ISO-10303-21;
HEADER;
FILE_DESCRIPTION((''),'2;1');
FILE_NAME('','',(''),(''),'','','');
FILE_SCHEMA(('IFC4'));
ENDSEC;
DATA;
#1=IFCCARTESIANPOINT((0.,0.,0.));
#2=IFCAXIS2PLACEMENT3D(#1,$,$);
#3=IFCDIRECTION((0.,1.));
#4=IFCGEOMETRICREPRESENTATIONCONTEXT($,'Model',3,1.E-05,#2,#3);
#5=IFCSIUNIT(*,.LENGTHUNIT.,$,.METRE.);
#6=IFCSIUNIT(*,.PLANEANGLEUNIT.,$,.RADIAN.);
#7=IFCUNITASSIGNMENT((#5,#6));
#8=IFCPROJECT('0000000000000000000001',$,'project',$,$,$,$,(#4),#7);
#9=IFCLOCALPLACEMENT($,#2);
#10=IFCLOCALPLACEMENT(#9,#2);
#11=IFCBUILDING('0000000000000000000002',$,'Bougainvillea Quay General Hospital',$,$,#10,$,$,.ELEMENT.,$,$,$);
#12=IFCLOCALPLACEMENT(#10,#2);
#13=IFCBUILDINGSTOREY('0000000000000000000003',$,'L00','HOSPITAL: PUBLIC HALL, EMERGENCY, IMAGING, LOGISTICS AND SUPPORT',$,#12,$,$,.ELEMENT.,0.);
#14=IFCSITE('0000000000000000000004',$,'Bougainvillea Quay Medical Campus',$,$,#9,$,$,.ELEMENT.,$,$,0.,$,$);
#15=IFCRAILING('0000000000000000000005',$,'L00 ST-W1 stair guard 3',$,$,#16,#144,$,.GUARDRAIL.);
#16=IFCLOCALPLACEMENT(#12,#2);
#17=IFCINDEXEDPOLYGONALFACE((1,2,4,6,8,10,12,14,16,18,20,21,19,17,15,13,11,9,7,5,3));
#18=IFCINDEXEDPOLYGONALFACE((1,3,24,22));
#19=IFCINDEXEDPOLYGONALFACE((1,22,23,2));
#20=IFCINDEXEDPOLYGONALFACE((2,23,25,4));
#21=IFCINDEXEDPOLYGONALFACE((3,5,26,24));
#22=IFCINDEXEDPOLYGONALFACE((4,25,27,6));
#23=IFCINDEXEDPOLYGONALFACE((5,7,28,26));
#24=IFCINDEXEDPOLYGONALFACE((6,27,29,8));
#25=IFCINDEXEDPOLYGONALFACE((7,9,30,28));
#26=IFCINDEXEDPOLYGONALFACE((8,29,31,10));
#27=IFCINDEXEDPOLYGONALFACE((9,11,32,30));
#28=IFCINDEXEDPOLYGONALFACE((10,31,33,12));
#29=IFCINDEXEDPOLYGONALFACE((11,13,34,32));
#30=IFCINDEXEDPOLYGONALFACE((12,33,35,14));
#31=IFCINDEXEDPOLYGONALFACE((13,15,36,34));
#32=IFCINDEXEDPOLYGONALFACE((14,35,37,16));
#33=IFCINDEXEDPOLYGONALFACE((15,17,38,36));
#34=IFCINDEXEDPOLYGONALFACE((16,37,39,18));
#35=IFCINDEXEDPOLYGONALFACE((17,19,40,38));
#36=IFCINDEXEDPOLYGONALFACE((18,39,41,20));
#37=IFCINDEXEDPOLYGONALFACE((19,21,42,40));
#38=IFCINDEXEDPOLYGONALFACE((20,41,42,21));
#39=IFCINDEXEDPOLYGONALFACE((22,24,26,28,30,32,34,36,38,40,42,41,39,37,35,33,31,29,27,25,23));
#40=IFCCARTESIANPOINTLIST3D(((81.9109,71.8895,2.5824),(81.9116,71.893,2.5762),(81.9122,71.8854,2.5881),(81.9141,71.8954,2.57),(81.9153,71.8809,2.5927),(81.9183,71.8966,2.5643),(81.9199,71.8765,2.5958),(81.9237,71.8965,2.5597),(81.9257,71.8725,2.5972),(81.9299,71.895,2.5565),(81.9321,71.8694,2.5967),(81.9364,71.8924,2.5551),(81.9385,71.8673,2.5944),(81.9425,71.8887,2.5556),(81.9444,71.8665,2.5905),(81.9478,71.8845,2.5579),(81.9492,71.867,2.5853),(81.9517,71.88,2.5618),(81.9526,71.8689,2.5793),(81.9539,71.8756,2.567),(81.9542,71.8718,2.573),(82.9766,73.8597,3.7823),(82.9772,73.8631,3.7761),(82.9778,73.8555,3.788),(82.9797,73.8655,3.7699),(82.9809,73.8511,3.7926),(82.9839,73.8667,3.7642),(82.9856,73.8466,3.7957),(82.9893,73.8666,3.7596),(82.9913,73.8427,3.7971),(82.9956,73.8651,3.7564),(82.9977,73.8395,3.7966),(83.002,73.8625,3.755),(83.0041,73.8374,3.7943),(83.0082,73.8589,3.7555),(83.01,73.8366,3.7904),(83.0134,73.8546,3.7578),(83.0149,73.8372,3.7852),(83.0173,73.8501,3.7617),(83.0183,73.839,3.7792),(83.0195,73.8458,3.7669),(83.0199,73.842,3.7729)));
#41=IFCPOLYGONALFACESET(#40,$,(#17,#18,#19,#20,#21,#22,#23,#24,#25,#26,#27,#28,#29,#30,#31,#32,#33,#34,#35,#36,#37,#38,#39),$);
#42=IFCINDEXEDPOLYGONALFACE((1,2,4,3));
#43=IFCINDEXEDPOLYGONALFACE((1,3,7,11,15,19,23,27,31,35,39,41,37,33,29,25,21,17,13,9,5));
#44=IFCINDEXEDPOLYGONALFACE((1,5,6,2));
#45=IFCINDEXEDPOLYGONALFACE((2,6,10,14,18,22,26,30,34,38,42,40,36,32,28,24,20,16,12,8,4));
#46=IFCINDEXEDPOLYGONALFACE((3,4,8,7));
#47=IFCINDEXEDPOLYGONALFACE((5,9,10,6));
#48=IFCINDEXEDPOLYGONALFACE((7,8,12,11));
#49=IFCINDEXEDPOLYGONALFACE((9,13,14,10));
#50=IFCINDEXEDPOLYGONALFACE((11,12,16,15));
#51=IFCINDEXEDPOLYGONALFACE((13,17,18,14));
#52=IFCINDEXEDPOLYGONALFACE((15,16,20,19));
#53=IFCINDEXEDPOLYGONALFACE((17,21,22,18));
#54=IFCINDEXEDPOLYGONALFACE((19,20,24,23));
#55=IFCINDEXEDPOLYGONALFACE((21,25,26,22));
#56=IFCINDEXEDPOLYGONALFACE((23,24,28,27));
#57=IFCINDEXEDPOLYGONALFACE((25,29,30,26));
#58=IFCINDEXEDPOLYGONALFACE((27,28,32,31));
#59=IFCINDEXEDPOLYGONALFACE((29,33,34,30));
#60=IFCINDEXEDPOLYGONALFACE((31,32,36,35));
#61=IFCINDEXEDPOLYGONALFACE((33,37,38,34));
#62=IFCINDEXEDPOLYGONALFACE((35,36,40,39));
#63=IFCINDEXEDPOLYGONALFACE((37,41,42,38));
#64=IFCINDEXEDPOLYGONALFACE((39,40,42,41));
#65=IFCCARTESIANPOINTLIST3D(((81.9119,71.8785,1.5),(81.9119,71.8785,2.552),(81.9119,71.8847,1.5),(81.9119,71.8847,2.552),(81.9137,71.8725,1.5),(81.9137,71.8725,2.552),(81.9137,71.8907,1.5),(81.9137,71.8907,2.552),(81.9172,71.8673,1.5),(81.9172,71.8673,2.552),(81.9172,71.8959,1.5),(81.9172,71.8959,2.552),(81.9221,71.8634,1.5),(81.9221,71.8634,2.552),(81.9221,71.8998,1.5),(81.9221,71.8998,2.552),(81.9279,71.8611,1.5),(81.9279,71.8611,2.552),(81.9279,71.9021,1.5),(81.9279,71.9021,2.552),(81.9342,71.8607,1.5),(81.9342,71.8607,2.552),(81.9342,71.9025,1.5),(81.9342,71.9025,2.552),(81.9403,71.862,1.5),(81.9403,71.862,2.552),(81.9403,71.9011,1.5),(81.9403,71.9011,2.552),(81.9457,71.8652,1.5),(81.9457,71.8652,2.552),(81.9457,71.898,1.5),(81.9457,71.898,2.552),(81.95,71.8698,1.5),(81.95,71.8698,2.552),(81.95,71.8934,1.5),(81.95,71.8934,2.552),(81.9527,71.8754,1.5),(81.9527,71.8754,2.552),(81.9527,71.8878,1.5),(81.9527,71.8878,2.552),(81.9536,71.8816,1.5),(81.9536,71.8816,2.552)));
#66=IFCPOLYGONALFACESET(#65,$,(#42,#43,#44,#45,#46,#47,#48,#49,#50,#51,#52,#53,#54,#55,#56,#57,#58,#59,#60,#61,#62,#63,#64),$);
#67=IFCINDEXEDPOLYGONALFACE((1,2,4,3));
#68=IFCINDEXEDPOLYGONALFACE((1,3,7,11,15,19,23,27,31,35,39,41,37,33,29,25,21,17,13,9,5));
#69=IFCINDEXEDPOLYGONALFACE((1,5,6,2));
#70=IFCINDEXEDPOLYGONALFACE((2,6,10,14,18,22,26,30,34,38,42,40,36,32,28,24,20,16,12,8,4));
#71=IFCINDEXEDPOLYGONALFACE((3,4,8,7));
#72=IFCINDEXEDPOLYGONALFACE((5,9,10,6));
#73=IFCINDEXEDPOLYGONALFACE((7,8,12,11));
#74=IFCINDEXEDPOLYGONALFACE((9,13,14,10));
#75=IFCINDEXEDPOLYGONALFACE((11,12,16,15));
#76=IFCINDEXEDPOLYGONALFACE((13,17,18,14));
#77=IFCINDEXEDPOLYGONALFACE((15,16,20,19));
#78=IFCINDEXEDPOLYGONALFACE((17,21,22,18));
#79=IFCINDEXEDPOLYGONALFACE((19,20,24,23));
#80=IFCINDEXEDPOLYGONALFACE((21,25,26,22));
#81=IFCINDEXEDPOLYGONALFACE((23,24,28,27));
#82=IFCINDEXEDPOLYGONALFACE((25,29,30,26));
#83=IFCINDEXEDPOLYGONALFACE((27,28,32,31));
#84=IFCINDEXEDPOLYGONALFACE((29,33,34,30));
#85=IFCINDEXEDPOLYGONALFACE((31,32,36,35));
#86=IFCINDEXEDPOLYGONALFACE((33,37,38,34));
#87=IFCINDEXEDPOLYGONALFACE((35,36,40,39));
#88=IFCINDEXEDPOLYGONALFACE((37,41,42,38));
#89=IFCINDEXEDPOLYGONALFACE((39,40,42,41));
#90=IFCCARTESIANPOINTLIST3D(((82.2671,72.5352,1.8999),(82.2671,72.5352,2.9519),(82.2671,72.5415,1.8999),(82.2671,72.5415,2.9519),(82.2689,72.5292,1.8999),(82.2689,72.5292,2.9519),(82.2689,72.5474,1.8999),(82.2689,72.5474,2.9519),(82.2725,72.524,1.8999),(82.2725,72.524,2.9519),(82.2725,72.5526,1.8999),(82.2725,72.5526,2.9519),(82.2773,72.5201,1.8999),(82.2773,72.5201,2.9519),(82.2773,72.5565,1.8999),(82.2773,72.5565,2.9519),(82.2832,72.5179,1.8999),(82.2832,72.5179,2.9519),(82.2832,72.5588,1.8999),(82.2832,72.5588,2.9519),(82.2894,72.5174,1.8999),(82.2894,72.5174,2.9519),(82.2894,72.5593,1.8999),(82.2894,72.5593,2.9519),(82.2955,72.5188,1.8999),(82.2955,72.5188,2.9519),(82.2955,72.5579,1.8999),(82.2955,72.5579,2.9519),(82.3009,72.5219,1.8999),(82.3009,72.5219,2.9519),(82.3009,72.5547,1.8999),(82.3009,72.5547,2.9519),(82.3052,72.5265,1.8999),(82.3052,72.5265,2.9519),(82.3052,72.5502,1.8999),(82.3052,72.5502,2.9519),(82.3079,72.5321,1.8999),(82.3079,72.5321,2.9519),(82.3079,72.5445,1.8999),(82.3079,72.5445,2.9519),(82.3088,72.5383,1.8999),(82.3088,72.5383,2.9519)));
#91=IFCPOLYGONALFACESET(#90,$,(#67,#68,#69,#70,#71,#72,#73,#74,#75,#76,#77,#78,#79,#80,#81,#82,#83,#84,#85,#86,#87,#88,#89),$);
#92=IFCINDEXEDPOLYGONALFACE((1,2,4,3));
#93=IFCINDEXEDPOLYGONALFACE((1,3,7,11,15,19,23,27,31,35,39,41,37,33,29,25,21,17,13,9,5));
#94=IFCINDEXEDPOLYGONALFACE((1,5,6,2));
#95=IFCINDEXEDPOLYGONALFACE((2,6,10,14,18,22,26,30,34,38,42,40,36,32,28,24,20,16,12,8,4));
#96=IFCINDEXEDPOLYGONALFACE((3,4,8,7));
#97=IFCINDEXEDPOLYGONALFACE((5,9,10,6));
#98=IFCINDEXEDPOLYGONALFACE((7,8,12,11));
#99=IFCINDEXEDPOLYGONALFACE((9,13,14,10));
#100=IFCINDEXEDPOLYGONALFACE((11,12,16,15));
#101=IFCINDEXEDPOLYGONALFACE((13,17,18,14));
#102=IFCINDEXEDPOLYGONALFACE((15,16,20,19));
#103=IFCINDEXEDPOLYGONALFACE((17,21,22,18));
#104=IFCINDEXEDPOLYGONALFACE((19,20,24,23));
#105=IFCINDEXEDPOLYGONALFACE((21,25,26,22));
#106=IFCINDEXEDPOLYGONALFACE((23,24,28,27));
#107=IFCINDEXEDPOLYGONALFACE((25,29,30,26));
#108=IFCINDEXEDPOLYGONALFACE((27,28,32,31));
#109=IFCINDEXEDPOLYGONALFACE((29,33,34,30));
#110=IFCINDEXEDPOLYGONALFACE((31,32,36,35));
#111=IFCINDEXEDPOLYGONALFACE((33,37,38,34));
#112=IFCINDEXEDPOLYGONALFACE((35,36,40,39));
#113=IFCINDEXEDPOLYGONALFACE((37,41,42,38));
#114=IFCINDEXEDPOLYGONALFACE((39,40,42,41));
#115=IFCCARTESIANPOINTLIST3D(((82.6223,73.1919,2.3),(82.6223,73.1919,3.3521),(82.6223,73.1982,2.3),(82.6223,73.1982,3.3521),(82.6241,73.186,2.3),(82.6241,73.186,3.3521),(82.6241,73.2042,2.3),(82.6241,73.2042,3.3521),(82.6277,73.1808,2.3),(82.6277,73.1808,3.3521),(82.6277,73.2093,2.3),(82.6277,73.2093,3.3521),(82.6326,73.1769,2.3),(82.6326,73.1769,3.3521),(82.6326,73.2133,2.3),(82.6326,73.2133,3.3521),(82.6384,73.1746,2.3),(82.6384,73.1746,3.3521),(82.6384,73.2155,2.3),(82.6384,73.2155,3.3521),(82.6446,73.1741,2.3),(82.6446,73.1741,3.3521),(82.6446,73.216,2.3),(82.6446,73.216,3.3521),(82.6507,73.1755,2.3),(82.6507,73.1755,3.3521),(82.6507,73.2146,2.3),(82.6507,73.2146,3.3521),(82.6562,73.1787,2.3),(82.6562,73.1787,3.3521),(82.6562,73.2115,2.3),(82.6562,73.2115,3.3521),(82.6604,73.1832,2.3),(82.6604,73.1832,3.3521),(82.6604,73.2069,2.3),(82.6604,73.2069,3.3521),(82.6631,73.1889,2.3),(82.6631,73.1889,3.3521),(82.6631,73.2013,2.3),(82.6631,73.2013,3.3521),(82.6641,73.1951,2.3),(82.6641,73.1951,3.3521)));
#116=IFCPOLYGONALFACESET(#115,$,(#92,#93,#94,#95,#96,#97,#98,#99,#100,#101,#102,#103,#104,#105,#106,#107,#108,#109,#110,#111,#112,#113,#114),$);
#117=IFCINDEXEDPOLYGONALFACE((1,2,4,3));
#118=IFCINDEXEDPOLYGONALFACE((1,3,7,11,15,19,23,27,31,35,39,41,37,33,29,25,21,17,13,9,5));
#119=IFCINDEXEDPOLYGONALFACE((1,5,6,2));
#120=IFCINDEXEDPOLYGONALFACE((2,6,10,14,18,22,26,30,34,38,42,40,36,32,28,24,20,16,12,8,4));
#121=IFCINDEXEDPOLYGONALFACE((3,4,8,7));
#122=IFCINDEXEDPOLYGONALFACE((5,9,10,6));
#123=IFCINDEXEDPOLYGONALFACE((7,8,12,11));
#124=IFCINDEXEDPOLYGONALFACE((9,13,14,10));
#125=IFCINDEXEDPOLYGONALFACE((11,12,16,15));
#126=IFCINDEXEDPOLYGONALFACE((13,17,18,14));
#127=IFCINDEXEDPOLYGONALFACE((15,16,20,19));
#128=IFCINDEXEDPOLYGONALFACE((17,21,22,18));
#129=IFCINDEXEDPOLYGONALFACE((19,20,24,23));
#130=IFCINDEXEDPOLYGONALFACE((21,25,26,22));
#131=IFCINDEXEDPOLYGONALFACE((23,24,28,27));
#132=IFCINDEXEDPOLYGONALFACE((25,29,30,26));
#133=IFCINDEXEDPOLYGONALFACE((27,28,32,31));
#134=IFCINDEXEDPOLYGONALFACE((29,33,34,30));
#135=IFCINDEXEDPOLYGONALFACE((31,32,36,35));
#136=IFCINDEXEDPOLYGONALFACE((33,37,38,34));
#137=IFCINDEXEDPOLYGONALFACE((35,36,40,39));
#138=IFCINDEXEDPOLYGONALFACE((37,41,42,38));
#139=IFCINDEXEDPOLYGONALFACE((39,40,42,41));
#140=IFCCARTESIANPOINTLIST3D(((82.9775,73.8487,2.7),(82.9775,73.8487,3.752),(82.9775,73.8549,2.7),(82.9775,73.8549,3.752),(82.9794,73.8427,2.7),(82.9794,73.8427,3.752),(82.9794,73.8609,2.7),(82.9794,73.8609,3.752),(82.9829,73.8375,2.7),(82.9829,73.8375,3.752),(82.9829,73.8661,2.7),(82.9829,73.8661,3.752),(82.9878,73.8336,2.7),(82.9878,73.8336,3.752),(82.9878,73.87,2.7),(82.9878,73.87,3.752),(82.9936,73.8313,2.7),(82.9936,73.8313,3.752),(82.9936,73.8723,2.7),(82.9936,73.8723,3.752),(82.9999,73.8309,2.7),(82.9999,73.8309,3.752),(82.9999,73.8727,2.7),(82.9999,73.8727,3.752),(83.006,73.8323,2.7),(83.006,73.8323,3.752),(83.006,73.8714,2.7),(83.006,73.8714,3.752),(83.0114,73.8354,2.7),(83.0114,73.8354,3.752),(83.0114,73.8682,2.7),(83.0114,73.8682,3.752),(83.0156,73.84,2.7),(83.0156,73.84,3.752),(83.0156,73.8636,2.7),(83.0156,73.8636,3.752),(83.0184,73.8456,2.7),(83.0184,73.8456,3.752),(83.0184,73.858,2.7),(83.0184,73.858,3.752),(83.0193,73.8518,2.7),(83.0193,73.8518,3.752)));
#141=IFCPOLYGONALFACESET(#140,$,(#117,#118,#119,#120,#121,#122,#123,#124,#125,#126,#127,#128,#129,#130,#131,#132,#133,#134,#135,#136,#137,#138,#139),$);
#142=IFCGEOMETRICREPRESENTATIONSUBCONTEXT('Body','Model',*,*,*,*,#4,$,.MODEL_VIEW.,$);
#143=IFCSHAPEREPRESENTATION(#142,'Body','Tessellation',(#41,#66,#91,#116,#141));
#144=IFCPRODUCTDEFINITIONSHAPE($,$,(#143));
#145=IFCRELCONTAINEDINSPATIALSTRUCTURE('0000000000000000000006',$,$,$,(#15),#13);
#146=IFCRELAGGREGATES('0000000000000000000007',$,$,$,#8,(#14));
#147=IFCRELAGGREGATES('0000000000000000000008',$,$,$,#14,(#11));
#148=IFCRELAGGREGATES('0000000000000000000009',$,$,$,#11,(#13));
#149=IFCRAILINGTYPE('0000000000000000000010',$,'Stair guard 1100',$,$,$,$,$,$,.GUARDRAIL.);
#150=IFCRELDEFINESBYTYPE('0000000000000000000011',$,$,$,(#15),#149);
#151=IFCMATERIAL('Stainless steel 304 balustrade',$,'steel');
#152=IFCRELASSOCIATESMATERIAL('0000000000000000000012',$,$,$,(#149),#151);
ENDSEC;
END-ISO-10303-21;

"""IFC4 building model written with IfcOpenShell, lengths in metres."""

from ifc_helpers import new_model, si_unit, direction, frame, origin, origin_2d, place, context, subcontext, project, spatial, circle, extrude, material, type_object, element, save


model = new_model("IFC4")

# Units and contexts
model_context = context("Model", 3, precision=1e-05, world=origin(), true_north=direction((0.0, 1.0)))
body_context = subcontext(model_context, "Body", "Model", "MODEL_VIEW")
ifc_project = project(units=[si_unit("LENGTHUNIT", "METRE"), si_unit("PLANEANGLEUNIT", "RADIAN")], contexts=[model_context])

# Site, building, storey
site_placement = place(None, origin())
site = spatial("IfcSite", under=ifc_project, at=site_placement, Name="Bougainvillea Quay Medical Campus", CompositionType="ELEMENT", RefElevation=0.0)
building_placement = place(site_placement, origin())
building = spatial("IfcBuilding", under=site, at=building_placement, Name="Bougainvillea Quay General Hospital", CompositionType="ELEMENT")
storey_placement = place(building_placement, origin())
storey = spatial("IfcBuildingStorey", under=building, at=storey_placement, Name="L00", Description="HOSPITAL: PUBLIC HALL, EMERGENCY, IMAGING, LOGISTICS AND SUPPORT", CompositionType="ELEMENT", Elevation=0.0)

# Railing
ifc_material_1 = material(Name="Stainless steel 304 balustrade", Category="steel")
railing_type_1 = type_object("IfcRailingType", Name="Stair guard 1100", PredefinedType="GUARDRAIL", material=ifc_material_1)
railing_1_placement = place(storey_placement, frame((81.9326, 71.8816, 1.5)))
element("IfcRailing", 1, at=railing_1_placement, inside=storey, type_object=railing_type_1, Name="L00 ST-W1 stair guard 3", PredefinedType="GUARDRAIL", context=body_context, shape_type="SweptSolid", body=[
    extrude(circle(Radius=0.0239, at=origin_2d()), frame((0.0, 0.0, 1.0762), z_axis=(0.419372, 0.775333, 0.472214), x_axis=(-0.879577, 0.475756, 0.0)), (0.0, 0.0, 1.0), 2.541),
    extrude(circle(Radius=0.021, at=origin_2d()), origin(), (0.0, 0.0, 1.0), 1.052),
    extrude(circle(Radius=0.021, at=origin_2d()), frame((0.3552, 0.6567, 0.3999)), (0.0, 0.0, 1.0), 1.052),
    extrude(circle(Radius=0.021, at=origin_2d()), frame((0.7104, 1.3135, 0.8)), (0.0, 0.0, 1.0), 1.052),
    extrude(circle(Radius=0.021, at=origin_2d()), frame((1.0657, 1.9702, 1.2)), (0.0, 0.0, 1.0), 1.052),
])

save(model, "model.ifc")
